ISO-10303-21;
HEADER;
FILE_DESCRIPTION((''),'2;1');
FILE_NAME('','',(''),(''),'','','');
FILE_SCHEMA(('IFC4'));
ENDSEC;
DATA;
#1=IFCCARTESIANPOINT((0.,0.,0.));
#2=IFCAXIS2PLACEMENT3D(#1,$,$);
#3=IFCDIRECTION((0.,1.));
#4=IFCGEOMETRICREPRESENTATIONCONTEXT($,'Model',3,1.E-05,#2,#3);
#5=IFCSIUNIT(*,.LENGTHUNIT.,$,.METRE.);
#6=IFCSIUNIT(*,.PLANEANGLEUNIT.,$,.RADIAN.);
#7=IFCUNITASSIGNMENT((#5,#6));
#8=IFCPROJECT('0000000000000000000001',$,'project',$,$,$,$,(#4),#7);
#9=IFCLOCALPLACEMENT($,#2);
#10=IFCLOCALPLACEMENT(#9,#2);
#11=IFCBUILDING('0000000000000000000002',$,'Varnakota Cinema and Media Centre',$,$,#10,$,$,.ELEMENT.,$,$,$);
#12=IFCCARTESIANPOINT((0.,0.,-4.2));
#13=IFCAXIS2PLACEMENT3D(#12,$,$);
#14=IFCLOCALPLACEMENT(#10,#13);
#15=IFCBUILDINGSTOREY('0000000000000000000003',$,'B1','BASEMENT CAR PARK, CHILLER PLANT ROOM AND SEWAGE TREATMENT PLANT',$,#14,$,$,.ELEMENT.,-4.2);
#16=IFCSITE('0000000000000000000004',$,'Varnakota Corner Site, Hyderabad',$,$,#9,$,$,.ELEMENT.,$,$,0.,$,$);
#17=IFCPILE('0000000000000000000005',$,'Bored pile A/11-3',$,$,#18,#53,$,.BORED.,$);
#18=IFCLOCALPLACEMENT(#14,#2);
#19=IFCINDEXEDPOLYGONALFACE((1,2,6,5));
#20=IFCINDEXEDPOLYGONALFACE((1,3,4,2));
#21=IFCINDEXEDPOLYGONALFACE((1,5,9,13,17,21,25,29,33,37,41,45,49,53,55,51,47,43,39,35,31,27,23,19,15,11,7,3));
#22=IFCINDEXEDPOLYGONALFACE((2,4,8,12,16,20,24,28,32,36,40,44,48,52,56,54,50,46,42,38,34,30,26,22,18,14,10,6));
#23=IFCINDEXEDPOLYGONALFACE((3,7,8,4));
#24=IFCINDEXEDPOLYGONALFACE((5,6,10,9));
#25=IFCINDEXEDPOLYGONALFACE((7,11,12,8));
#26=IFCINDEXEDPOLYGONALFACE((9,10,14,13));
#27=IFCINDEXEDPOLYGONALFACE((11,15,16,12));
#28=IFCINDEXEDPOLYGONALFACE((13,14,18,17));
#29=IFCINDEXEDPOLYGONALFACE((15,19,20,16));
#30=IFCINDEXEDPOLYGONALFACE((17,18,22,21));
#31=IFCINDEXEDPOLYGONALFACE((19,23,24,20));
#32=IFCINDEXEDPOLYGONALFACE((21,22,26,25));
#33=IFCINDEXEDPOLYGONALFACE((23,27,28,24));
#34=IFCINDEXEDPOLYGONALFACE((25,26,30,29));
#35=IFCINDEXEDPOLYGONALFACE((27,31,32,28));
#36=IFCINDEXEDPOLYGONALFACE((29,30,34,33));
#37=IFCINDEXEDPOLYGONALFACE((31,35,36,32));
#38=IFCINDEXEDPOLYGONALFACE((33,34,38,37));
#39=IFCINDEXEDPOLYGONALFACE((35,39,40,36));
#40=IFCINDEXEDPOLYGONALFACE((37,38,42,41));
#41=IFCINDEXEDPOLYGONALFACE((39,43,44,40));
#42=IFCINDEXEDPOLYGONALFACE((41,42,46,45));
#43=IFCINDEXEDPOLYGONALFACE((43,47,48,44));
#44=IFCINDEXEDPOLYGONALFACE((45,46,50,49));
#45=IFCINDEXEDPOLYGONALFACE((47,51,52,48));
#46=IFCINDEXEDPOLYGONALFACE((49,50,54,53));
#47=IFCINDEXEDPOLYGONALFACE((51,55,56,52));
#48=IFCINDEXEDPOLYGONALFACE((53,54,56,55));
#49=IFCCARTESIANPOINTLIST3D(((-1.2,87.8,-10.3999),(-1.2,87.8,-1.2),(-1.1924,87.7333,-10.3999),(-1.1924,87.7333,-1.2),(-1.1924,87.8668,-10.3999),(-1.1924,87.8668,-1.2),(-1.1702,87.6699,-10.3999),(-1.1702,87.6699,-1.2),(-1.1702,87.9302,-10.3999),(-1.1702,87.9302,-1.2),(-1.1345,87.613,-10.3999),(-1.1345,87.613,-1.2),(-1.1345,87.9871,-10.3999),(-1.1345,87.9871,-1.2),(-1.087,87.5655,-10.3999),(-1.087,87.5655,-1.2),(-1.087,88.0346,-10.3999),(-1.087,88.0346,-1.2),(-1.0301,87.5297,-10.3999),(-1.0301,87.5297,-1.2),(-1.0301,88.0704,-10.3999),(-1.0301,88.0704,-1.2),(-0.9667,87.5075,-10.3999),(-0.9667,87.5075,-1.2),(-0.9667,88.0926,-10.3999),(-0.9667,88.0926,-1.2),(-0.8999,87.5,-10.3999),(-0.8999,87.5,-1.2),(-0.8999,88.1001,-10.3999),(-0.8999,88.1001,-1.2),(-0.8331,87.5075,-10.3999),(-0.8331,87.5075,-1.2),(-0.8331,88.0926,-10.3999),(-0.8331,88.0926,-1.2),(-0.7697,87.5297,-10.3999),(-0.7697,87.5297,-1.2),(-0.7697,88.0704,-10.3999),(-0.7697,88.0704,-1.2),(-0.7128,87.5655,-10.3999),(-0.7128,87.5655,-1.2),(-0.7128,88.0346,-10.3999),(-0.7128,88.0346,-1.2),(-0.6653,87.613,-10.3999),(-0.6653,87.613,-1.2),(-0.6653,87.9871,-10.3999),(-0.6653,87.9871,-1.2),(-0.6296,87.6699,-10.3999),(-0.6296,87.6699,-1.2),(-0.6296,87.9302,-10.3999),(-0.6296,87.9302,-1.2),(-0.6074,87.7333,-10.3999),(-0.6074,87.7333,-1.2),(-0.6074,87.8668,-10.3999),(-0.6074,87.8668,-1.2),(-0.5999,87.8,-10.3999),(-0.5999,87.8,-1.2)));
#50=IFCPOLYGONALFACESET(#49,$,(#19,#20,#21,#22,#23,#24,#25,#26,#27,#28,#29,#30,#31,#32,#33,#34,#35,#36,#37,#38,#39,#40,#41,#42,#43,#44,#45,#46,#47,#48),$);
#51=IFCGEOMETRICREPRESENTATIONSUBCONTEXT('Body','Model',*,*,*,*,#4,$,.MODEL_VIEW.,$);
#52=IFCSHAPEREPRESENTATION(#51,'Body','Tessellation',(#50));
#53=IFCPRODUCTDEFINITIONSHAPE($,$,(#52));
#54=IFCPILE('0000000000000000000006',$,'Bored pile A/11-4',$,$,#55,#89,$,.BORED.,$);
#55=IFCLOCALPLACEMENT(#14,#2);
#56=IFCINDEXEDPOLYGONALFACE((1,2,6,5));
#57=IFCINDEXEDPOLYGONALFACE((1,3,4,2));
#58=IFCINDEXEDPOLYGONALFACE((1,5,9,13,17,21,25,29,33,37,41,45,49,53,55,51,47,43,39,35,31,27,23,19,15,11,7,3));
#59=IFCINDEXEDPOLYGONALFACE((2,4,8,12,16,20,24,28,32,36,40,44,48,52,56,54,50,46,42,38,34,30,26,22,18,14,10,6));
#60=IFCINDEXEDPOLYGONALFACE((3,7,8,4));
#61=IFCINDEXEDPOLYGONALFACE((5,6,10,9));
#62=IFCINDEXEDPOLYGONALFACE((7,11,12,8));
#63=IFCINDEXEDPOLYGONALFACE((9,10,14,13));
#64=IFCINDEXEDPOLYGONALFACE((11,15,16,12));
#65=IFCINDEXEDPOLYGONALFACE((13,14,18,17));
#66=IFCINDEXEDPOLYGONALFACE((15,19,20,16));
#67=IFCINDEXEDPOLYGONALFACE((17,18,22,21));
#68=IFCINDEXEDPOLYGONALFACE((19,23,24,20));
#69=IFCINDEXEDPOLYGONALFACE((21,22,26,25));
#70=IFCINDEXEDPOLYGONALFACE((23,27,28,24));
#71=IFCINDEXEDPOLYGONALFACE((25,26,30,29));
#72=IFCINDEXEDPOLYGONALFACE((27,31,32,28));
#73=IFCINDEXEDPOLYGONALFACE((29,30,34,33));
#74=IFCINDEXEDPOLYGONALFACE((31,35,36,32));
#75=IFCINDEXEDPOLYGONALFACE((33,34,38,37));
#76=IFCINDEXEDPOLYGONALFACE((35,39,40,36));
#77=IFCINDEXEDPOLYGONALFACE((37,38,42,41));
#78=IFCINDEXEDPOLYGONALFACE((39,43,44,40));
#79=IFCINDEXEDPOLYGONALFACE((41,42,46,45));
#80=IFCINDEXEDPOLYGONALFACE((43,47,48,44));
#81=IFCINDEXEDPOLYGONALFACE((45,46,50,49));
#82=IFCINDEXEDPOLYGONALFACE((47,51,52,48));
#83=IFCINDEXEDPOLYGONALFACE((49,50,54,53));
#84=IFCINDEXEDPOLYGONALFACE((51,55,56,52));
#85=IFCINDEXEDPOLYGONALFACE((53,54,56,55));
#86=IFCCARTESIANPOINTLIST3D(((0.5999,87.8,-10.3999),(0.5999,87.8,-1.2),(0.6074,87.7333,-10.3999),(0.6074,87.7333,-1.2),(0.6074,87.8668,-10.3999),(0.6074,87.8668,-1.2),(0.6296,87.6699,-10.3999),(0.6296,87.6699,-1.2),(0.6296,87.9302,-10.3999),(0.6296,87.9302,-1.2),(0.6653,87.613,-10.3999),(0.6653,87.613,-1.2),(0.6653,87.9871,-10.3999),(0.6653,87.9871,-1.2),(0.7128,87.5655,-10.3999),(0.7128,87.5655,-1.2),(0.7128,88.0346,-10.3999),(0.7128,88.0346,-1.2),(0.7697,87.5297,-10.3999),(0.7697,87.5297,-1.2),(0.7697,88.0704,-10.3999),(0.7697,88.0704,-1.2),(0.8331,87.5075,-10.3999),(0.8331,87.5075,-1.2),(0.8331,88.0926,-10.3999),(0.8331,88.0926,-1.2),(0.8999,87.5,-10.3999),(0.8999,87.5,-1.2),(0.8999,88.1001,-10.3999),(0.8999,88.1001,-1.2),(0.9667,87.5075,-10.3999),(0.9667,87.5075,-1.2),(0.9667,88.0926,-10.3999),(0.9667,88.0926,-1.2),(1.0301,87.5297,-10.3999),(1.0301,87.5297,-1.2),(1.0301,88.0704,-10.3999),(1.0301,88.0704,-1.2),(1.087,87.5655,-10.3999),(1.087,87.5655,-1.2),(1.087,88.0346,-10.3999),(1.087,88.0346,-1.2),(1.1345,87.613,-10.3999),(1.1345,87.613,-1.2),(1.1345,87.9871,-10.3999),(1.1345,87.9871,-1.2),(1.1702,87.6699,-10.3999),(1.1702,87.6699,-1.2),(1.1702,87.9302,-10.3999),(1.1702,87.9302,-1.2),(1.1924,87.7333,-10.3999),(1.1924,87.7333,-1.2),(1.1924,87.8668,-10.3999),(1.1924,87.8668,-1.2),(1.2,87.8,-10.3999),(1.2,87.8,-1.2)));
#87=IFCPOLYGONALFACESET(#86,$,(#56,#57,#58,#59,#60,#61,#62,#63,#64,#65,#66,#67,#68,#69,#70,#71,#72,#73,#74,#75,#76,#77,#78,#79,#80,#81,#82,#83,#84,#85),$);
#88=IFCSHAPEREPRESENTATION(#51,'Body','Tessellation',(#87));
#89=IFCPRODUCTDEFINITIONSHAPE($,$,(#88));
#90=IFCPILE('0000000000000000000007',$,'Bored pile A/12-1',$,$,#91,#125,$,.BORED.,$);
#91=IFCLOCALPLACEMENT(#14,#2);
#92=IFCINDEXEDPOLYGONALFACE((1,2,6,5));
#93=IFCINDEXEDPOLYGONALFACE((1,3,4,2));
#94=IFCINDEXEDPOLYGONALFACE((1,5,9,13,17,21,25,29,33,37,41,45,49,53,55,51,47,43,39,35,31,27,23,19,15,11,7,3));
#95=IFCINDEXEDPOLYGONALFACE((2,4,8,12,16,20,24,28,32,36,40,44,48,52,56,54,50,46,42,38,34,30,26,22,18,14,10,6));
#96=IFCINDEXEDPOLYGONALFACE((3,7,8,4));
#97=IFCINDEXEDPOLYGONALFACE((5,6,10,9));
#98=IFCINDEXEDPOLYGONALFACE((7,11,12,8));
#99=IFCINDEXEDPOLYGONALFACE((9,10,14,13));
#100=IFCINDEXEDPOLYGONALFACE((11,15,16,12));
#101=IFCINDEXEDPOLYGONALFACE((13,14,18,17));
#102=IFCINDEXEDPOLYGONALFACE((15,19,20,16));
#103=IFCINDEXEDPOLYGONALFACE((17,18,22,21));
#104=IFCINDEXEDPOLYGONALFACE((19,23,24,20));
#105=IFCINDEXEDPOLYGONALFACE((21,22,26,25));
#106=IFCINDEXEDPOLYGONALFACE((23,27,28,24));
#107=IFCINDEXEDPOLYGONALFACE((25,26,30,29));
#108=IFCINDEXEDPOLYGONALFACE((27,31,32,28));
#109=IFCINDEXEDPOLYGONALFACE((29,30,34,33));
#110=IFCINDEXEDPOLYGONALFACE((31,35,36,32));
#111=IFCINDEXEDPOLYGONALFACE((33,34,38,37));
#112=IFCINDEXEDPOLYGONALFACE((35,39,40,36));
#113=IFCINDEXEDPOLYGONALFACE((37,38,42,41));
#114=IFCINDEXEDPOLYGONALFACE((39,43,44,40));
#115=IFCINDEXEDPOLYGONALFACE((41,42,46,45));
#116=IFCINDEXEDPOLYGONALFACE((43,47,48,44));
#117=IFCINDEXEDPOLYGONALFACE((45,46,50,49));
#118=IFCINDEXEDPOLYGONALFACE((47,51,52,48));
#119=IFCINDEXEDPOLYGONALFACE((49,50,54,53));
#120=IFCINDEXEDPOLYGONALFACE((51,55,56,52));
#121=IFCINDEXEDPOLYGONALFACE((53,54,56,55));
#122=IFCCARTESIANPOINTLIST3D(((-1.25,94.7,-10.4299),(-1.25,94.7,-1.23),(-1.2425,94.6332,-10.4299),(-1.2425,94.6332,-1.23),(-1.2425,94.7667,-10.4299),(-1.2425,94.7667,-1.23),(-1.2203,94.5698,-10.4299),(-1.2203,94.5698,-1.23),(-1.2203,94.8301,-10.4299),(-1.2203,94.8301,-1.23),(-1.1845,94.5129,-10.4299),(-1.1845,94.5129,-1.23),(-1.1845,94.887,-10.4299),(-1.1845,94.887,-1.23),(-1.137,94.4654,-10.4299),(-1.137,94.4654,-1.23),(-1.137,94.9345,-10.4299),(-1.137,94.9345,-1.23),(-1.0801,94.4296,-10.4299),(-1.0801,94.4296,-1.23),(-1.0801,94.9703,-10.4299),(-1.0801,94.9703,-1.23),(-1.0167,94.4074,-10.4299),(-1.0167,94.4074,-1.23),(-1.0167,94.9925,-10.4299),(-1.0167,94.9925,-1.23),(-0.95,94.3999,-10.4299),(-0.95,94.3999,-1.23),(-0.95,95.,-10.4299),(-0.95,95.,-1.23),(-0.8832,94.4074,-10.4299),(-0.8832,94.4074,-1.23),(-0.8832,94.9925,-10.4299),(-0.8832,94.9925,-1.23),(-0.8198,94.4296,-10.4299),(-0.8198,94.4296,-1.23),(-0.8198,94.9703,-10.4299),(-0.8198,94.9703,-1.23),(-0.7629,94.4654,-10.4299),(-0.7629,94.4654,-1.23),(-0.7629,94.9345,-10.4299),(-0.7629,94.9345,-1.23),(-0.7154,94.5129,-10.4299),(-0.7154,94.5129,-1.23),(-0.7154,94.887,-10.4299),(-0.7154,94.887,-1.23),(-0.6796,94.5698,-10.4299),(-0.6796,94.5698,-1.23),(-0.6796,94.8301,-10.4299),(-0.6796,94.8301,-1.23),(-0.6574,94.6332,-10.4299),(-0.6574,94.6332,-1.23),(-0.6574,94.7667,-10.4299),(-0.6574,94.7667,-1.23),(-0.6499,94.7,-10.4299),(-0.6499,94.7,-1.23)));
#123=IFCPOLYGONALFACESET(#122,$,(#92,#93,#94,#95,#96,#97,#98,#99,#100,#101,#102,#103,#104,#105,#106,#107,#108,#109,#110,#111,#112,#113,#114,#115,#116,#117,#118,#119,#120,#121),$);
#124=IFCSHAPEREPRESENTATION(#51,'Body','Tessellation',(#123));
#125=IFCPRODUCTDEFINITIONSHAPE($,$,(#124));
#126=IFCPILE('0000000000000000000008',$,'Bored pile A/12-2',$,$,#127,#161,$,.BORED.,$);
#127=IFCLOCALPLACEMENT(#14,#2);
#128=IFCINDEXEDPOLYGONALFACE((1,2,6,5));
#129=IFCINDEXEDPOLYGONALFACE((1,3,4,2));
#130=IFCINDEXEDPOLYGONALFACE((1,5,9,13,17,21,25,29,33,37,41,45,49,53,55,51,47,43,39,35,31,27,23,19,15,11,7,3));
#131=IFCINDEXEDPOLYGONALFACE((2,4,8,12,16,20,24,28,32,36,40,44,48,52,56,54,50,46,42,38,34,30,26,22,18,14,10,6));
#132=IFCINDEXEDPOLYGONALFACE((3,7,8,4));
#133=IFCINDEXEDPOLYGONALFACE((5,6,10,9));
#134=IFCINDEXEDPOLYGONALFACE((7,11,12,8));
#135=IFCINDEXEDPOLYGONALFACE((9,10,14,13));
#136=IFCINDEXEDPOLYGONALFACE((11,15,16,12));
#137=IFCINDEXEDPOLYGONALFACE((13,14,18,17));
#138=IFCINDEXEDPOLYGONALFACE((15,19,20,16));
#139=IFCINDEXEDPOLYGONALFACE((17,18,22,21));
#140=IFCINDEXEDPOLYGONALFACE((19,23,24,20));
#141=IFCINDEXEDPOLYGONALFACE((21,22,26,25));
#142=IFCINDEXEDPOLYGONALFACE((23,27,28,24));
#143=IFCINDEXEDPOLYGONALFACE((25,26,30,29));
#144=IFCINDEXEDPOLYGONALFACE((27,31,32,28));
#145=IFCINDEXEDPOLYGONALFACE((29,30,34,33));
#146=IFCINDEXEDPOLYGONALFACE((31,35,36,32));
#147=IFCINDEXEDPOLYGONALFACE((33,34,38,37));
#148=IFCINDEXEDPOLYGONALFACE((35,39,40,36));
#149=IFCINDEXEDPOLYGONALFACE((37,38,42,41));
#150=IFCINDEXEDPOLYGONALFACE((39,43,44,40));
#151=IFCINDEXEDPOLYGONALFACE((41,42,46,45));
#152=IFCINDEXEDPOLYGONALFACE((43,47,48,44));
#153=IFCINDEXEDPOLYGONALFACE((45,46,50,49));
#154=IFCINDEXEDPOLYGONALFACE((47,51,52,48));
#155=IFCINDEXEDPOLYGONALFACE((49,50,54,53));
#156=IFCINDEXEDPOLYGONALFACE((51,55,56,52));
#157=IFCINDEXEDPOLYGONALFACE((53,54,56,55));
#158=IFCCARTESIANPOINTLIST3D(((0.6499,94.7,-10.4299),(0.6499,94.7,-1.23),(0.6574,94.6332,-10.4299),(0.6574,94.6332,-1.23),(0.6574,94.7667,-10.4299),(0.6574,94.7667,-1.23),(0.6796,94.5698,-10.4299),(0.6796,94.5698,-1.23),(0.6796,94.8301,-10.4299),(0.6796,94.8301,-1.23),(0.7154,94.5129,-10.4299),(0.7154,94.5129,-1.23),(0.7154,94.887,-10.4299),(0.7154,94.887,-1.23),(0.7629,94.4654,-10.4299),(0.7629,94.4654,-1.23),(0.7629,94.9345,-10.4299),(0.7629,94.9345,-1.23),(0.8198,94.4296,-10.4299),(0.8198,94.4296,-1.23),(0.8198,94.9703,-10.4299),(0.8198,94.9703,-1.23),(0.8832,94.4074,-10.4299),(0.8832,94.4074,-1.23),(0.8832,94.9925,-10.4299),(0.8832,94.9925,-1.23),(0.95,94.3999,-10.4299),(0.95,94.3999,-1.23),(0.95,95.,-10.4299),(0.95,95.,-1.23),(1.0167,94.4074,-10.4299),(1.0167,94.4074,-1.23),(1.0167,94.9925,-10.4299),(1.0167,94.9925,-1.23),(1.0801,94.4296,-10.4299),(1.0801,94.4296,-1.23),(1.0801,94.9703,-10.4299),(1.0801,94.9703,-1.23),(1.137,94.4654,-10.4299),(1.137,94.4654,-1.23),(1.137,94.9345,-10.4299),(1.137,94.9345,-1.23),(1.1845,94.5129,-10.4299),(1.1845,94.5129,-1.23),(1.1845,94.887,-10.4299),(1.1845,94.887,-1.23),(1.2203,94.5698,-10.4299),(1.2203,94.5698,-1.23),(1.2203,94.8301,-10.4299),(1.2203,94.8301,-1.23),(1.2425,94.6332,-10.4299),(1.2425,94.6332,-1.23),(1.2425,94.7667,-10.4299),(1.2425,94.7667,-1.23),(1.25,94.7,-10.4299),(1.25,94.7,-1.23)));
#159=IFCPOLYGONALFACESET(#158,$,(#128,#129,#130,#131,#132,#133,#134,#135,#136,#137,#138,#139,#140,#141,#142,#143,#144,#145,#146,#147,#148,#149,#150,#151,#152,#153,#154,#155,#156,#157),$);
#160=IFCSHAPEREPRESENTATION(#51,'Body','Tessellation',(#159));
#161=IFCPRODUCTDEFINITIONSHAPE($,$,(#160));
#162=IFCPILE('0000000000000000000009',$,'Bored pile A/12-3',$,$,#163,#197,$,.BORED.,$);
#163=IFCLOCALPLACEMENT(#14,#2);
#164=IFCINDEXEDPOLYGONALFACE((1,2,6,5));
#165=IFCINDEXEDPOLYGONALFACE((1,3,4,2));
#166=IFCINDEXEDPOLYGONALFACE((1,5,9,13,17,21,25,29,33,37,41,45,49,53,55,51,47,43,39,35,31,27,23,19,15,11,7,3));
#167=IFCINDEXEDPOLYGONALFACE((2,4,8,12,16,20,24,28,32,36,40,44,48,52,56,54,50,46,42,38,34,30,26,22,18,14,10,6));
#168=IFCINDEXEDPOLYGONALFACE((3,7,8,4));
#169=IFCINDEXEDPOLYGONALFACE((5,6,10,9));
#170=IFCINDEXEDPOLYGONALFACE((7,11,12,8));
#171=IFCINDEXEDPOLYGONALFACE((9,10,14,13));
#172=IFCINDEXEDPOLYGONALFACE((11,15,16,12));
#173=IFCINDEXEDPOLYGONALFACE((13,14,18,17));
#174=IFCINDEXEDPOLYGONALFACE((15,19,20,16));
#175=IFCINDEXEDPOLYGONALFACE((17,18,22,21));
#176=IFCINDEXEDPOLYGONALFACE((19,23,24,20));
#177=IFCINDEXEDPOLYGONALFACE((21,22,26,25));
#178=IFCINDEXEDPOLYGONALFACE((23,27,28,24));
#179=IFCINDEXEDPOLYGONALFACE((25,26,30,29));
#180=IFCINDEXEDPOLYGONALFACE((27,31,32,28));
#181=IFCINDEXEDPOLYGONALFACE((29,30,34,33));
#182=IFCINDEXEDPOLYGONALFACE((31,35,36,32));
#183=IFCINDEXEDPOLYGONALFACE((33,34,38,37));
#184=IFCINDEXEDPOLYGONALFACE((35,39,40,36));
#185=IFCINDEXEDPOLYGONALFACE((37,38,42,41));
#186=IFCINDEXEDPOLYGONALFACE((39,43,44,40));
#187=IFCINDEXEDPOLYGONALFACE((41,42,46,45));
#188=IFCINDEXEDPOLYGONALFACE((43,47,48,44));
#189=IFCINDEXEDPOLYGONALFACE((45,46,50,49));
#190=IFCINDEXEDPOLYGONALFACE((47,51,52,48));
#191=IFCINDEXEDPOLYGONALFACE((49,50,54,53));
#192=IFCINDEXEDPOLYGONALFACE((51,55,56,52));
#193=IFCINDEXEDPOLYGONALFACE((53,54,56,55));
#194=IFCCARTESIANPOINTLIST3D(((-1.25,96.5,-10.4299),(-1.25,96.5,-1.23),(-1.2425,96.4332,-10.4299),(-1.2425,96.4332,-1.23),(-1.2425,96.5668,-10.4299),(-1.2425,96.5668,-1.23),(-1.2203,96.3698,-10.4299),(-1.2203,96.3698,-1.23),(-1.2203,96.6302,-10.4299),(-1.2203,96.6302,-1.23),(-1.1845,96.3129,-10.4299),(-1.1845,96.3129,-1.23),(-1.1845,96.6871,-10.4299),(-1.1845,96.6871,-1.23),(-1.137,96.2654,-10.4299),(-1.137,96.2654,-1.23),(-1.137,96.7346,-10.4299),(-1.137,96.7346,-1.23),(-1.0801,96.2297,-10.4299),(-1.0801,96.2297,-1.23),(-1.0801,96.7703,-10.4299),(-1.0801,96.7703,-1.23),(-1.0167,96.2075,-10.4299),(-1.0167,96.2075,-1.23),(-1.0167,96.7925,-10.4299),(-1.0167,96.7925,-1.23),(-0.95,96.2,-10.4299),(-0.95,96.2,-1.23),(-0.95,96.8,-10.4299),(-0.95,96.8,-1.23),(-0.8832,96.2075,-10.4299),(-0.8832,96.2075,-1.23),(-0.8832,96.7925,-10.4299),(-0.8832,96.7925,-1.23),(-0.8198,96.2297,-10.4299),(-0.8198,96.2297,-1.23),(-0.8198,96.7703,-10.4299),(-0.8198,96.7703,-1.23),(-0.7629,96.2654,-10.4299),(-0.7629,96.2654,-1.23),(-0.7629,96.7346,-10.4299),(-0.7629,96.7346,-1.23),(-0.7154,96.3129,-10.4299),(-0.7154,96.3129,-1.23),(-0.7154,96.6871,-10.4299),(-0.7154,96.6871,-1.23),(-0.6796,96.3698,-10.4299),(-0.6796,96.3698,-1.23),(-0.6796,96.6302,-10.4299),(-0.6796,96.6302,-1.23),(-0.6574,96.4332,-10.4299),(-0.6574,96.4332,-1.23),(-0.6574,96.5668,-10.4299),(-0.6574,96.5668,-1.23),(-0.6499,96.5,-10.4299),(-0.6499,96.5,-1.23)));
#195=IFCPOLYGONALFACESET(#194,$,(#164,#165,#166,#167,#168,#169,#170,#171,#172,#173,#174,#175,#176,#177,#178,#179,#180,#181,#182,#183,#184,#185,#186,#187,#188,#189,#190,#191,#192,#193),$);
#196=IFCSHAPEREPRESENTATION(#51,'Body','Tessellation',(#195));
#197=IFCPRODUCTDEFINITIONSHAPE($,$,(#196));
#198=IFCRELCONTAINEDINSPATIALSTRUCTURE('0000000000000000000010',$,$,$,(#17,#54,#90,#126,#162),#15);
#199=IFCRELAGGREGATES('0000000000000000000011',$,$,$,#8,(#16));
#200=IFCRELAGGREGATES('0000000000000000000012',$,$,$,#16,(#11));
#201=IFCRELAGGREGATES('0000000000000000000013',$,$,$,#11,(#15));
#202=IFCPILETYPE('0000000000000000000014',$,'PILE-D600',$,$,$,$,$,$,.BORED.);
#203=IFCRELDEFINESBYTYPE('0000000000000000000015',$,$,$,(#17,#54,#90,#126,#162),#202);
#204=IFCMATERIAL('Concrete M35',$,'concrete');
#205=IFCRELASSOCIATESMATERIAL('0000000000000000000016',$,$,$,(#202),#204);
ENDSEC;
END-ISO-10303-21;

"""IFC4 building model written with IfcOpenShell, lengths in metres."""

from ifc_helpers import new_model, si_unit, direction, frame, origin, origin_2d, place, context, subcontext, project, spatial, circle, extrude, material, material_profile, profile_set, type_object, element, save


model = new_model("IFC4")

# Units and contexts
model_context = context("Model", 3, precision=1e-05, world=origin(), true_north=direction((0.0, 1.0)))
body_context = subcontext(model_context, "Body", "Model", "MODEL_VIEW")
ifc_project = project(units=[si_unit("LENGTHUNIT", "METRE"), si_unit("PLANEANGLEUNIT", "RADIAN")], contexts=[model_context])

# Site, building, storey
site_placement = place(None, origin())
site = spatial("IfcSite", under=ifc_project, at=site_placement, Name="Varnakota Corner Site, Hyderabad", CompositionType="ELEMENT", RefElevation=0.0)
building_placement = place(site_placement, origin())
building = spatial("IfcBuilding", under=site, at=building_placement, Name="Varnakota Cinema and Media Centre", CompositionType="ELEMENT")
storey_placement = place(building_placement, frame((0.0, 0.0, -4.2)))
storey = spatial("IfcBuildingStorey", under=building, at=storey_placement, Name="B1", Description="BASEMENT CAR PARK, CHILLER PLANT ROOM AND SEWAGE TREATMENT PLANT", CompositionType="ELEMENT", Elevation=-4.2)

# Piles
ifc_material_1 = material(Name="Concrete M35", Category="concrete")
ifc_material_profile_1 = material_profile(ifc_material_1, circle(Radius=0.3, at=origin_2d()), Name="PILE D600")
ifc_profile_set_1 = profile_set([ifc_material_profile_1], Name="Concrete M35")
pile_type = type_object("IfcPileType", Name="PILE-D600", PredefinedType="BORED", material=ifc_profile_set_1)
for number, where, z_axis, x_axis, name in (
    (1, (-0.8999, 87.8, -1.2), (0.0, 0.0, -1.0), (1.0, 0.0, 0.0), "Bored pile A/11-3"),
    (2, (0.8999, 87.8, -1.2), (0.0, 0.0, -1.0), (1.0, 0.0, 0.0), "Bored pile A/11-4"),
    (3, (-0.95, 94.7, -1.23), (0.0, 0.0, -1.0), (1.0, 0.0, 0.0), "Bored pile A/12-1"),
    (4, (0.95, 94.7, -1.23), (0.0, 0.0, -1.0), (1.0, 0.0, 0.0), "Bored pile A/12-2"),
    (5, (-0.95, 96.5, -1.23), (0.0, 0.0, -1.0), (1.0, 0.0, 0.0), "Bored pile A/12-3"),
):
    element("IfcPile", number, at=place(storey_placement, frame(where, z_axis=z_axis, x_axis=x_axis)), inside=storey, type_object=pile_type, Name=name, PredefinedType="BORED", context=body_context, shape_type="SweptSolid", body=[
        extrude(circle(Radius=0.3, at=origin_2d()), origin(), (0.0, 0.0, 1.0), 9.2),
    ])

save(model, "model.ifc")
